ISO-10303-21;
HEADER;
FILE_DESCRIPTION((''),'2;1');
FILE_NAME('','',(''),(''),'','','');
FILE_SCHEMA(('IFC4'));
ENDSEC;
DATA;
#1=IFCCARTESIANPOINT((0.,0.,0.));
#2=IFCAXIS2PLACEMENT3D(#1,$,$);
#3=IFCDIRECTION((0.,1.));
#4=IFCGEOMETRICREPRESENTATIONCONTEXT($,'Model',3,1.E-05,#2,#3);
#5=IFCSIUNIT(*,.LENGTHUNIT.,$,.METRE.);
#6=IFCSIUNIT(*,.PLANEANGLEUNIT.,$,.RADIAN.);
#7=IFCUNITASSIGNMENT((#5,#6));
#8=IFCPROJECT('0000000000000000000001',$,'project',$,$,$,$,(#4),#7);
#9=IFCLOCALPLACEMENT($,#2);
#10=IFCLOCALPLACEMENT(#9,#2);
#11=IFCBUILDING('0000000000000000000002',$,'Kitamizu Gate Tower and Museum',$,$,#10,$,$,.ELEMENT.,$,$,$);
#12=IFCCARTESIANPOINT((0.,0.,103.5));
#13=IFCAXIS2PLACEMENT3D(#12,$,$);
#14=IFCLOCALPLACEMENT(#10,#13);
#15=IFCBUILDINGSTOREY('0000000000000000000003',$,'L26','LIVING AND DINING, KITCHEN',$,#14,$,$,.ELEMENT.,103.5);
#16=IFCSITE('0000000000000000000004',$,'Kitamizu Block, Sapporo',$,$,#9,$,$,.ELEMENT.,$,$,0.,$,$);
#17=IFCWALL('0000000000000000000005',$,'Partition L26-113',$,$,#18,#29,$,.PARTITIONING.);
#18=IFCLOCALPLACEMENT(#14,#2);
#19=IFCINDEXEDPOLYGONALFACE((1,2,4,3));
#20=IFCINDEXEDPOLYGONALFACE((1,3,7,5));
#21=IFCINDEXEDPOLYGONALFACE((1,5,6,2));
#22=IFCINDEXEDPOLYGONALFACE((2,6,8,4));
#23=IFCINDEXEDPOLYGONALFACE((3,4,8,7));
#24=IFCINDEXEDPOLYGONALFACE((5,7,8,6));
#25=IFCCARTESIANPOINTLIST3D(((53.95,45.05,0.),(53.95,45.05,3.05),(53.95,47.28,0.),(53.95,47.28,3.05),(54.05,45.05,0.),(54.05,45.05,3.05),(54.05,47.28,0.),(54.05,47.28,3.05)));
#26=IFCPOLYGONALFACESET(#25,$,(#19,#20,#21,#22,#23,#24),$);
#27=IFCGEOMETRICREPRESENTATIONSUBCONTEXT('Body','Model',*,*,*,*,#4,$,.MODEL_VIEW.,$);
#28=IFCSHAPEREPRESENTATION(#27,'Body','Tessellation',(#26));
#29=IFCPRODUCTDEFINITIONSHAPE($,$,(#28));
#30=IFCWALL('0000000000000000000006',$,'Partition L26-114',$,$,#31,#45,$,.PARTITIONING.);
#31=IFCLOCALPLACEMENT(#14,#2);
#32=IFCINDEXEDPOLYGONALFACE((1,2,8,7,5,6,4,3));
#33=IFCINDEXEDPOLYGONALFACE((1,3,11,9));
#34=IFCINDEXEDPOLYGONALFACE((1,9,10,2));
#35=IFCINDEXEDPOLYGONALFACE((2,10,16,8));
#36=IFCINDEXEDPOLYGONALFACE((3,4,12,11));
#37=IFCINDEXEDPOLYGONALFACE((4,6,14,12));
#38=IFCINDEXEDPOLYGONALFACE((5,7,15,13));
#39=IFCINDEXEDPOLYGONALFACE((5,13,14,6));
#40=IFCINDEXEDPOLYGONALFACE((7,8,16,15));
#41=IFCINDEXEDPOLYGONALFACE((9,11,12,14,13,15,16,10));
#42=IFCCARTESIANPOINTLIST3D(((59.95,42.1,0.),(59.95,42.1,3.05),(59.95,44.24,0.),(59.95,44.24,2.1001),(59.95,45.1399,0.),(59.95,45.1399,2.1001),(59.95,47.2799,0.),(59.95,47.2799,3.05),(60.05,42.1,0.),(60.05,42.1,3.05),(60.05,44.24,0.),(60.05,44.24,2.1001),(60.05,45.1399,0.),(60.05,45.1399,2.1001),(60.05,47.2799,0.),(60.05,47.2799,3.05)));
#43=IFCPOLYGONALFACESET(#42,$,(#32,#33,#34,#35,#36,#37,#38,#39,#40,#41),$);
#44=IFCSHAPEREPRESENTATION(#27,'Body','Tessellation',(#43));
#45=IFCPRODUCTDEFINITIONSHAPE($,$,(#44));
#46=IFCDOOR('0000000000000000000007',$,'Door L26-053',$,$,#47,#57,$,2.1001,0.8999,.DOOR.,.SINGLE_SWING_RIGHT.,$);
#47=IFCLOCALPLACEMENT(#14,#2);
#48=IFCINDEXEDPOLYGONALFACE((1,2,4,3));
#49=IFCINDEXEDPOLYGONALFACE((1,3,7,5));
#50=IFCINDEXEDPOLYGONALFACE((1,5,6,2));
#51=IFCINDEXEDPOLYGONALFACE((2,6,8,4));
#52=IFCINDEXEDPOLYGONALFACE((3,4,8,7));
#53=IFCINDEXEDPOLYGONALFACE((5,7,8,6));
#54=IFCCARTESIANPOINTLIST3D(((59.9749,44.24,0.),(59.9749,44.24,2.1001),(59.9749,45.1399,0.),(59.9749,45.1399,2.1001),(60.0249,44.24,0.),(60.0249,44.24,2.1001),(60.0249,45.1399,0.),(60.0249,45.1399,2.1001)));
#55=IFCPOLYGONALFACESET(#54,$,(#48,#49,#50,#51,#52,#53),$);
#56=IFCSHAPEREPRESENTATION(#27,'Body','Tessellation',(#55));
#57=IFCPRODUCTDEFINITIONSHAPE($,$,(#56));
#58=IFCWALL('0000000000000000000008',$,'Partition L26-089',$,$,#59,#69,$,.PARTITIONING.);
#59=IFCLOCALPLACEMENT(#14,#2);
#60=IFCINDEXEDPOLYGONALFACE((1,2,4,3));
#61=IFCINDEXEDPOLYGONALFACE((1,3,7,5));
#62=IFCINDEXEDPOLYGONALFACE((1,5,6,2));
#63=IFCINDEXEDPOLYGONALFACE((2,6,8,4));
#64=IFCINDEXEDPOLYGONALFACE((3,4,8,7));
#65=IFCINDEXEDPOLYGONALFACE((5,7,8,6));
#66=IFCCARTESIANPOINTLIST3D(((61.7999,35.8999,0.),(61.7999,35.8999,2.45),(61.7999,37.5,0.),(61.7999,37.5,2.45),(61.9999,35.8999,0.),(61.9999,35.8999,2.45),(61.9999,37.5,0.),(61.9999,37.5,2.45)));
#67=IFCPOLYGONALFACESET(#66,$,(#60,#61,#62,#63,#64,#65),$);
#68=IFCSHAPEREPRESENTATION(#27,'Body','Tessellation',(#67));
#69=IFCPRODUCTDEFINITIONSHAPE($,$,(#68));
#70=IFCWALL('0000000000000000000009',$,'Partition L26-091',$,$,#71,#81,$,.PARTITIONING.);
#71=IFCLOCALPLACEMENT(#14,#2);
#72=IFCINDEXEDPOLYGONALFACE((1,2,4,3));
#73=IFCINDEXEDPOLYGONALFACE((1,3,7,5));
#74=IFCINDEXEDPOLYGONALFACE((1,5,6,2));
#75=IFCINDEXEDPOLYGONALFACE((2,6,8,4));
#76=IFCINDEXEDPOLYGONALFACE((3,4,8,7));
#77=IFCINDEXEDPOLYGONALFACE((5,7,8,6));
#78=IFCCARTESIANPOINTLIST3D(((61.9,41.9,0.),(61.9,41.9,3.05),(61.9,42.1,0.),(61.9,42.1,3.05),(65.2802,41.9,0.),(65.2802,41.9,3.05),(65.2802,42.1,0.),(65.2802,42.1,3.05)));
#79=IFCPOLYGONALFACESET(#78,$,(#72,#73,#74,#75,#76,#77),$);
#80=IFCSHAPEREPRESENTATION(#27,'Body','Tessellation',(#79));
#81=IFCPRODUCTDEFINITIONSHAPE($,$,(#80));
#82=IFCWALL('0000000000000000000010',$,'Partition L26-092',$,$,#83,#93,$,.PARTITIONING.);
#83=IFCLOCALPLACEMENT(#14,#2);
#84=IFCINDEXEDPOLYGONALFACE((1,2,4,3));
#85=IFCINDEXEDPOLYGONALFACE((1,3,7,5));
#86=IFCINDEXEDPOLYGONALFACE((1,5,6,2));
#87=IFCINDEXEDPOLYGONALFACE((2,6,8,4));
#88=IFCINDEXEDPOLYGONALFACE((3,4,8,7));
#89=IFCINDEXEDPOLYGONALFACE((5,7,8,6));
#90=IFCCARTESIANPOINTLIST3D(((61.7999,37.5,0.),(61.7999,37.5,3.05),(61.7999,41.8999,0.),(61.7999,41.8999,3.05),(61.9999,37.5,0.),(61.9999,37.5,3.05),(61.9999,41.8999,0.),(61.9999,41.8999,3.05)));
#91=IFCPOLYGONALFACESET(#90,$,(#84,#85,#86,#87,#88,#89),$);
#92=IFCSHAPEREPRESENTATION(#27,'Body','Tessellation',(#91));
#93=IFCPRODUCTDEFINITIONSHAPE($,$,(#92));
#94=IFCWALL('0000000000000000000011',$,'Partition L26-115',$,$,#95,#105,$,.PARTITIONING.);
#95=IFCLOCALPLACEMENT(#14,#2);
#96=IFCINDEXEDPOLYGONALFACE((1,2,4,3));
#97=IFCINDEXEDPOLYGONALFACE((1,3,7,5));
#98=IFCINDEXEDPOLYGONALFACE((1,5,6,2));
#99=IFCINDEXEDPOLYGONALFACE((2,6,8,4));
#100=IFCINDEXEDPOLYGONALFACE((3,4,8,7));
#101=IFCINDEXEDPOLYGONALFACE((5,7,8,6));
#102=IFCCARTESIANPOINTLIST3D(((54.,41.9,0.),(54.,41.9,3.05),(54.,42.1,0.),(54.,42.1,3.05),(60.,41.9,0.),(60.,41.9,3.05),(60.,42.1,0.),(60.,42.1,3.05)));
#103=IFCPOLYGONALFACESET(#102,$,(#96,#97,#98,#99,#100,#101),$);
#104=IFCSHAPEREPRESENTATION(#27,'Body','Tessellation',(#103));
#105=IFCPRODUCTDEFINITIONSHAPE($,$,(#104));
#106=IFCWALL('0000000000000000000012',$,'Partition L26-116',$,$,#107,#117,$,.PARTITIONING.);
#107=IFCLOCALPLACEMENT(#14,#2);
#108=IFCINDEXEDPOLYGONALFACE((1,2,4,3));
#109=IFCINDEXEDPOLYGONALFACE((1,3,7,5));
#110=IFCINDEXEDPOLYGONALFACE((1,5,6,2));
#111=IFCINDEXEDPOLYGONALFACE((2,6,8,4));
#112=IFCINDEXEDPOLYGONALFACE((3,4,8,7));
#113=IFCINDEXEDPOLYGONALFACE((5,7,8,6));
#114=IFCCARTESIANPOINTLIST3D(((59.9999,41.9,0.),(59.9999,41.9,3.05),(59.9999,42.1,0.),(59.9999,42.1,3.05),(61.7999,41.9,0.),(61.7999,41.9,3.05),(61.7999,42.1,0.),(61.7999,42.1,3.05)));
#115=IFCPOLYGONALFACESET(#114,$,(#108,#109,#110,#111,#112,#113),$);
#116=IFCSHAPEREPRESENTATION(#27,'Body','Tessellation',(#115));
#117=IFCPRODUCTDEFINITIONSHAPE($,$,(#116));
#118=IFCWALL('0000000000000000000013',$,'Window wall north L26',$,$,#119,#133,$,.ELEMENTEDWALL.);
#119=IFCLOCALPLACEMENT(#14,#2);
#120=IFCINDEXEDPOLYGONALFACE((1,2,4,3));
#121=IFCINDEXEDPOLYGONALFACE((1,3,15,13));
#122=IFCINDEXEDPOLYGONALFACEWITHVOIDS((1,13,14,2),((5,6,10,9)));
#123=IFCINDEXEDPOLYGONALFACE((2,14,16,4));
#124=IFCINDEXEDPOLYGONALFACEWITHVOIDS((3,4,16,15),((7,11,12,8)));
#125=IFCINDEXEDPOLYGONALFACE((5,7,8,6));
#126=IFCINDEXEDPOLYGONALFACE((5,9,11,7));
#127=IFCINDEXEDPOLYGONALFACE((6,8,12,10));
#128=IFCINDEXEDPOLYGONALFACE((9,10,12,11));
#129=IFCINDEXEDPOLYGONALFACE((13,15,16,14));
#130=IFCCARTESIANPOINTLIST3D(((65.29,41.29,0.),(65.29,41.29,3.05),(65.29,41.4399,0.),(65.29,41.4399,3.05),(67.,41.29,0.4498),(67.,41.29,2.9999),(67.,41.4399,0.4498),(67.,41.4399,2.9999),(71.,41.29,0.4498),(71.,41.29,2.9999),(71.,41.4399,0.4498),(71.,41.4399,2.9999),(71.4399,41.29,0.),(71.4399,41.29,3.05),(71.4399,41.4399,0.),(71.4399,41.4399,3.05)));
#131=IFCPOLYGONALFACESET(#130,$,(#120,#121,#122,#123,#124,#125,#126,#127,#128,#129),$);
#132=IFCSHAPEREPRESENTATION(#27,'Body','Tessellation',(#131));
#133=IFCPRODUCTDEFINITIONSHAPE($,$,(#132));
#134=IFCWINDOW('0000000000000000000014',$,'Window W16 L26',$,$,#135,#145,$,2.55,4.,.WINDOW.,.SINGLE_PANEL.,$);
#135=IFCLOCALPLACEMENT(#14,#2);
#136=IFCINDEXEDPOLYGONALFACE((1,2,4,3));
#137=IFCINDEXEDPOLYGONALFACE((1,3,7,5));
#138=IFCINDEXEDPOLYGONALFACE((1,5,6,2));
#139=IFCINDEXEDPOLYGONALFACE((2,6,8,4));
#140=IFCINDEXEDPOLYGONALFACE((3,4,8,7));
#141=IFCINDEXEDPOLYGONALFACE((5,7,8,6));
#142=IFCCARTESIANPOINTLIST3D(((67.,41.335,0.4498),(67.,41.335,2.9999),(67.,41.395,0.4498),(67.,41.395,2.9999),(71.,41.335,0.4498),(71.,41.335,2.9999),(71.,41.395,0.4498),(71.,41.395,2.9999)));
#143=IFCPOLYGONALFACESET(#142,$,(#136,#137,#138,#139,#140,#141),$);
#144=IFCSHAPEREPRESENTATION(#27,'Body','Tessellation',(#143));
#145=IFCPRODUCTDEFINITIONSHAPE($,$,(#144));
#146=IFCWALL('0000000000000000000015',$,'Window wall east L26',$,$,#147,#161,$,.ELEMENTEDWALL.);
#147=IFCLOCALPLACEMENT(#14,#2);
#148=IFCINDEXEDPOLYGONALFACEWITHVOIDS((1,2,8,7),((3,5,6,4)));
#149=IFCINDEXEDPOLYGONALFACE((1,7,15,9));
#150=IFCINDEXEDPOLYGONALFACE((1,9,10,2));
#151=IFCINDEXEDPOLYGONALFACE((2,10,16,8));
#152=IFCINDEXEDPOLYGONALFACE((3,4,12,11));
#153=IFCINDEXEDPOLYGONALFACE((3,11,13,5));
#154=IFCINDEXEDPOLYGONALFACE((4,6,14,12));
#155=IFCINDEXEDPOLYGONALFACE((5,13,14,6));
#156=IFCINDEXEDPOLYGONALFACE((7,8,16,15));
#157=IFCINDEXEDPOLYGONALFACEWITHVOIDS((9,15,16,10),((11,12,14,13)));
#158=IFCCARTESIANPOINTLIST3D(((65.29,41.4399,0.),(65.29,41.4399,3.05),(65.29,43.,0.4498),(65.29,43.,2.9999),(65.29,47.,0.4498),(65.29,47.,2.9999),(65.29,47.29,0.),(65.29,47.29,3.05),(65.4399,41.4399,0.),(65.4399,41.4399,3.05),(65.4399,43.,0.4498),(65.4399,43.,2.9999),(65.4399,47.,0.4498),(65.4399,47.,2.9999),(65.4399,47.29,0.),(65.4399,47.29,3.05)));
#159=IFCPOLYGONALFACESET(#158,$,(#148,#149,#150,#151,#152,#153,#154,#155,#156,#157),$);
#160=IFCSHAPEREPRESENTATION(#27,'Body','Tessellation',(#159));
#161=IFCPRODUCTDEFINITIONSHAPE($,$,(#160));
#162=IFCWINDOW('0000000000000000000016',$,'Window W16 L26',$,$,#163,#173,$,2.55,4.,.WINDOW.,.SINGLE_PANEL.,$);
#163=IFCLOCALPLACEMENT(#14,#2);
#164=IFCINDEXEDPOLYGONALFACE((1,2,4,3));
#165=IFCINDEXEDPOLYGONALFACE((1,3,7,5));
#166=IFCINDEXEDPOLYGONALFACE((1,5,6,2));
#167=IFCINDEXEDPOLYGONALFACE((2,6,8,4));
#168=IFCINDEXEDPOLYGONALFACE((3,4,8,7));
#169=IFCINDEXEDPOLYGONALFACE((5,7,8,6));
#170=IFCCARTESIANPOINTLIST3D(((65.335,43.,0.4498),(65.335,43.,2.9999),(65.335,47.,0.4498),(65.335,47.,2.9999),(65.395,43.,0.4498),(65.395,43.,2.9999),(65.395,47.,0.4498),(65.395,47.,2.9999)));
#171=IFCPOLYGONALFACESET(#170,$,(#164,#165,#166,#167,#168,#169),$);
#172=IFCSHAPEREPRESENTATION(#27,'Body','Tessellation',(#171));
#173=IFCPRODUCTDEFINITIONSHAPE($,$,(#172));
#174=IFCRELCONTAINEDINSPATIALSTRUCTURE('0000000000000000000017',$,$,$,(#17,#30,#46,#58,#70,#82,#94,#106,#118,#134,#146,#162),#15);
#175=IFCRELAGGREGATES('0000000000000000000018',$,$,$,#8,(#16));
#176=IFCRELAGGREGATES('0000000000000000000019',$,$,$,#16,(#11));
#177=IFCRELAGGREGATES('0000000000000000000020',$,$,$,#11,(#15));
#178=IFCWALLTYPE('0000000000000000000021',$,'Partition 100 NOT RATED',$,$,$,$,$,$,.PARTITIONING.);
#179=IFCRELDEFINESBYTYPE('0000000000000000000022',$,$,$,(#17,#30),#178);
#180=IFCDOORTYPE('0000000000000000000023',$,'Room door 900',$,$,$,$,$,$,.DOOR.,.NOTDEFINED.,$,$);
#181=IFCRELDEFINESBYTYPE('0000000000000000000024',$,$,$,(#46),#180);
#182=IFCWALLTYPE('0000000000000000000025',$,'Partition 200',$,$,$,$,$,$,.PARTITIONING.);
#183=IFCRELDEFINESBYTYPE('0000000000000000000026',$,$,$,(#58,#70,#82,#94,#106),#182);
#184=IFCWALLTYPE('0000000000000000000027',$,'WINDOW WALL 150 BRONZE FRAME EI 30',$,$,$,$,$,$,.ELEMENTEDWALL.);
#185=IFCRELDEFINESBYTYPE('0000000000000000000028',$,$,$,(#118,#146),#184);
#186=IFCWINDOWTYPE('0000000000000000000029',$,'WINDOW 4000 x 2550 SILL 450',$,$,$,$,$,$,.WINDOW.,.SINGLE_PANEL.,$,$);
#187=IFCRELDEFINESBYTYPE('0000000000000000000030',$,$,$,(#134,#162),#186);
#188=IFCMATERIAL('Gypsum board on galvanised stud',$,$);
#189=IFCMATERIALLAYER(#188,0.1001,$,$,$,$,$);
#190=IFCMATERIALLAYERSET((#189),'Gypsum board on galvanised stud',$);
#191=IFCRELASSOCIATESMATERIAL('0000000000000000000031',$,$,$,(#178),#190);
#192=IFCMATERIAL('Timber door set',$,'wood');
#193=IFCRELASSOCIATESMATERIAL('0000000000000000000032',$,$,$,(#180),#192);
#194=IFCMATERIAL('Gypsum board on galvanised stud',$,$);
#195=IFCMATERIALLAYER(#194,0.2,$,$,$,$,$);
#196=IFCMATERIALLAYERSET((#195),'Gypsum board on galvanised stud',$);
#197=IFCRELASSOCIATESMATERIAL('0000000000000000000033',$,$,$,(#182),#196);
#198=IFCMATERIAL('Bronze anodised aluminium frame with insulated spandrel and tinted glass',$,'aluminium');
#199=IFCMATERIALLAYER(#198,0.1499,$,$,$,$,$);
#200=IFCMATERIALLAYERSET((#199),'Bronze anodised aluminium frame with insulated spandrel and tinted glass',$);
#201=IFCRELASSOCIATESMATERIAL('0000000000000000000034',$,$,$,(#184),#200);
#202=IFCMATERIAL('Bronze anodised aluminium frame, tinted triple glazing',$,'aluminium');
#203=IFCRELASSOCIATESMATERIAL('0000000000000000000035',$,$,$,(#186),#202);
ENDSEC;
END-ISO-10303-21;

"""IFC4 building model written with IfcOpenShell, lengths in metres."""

from ifc_helpers import new_model, si_unit, direction, frame, frame_2d, origin, place, context, subcontext, project, spatial, rectangle, extrude, material, layer, layer_set, type_object, element, fill, save


model = new_model("IFC4")

# Units and contexts
model_context = context("Model", 3, precision=1e-05, world=origin(), true_north=direction((0.0, 1.0)))
body_context = subcontext(model_context, "Body", "Model", "MODEL_VIEW")
ifc_project = project(units=[si_unit("LENGTHUNIT", "METRE"), si_unit("PLANEANGLEUNIT", "RADIAN")], contexts=[model_context])

# Site, building, storey
site_placement = place(None, origin())
site = spatial("IfcSite", under=ifc_project, at=site_placement, Name="Kitamizu Block, Sapporo", CompositionType="ELEMENT", RefElevation=0.0)
building_placement = place(site_placement, origin())
building = spatial("IfcBuilding", under=site, at=building_placement, Name="Kitamizu Gate Tower and Museum", CompositionType="ELEMENT")
storey_placement = place(building_placement, frame((0.0, 0.0, 103.5)))
storey = spatial("IfcBuildingStorey", under=building, at=storey_placement, Name="L26", Description="LIVING AND DINING, KITCHEN", CompositionType="ELEMENT", Elevation=103.5)

# Shared definitions
ifc_material_1 = material(Name="Gypsum board on galvanised stud")
ifc_layer_1 = layer(ifc_material_1, 0.1001)
ifc_layer_set_1 = layer_set([ifc_layer_1], Name="Gypsum board on galvanised stud")
wall_type_1 = type_object("IfcWallType", Name="Partition 100 NOT RATED", PredefinedType="PARTITIONING", material=ifc_layer_set_1)

# Shared definitions
ifc_material_2 = material(Name="Timber door set", Category="wood")
door_type_1 = type_object("IfcDoorType", Name="Room door 900", OperationType="NOTDEFINED", PredefinedType="DOOR", material=ifc_material_2)

# Wall
wall_1_placement = place(storey_placement, frame((54.0, 45.05, 0.0), z_axis=(0.0, 0.0, 1.0), x_axis=(0.0, 1.0, 0.0)))
element("IfcWall", 1, at=wall_1_placement, inside=storey, type_object=wall_type_1, Name="Partition L26-113", PredefinedType="PARTITIONING", context=body_context, shape_type="SweptSolid", body=[
    extrude(rectangle(XDim=2.23, YDim=0.1001, at=frame_2d((1.115, 0.0))), origin(), (0.0, 0.0, 1.0), 3.05),
])

# Wall, opening, door
wall_2_placement = place(storey_placement, frame((60.0, 42.1001, 0.0), z_axis=(0.0, 0.0, 1.0), x_axis=(0.0, 1.0, 0.0)))
wall_2 = element("IfcWall", 2, at=wall_2_placement, inside=storey, type_object=wall_type_1, Name="Partition L26-114", PredefinedType="PARTITIONING", context=body_context, shape_type="SweptSolid", body=[
    extrude(rectangle(XDim=5.1799, YDim=0.1001, at=frame_2d((2.5898, 0.0))), origin(), (0.0, 0.0, 1.0), 3.05),
])
opening_1_placement = place(wall_2_placement, frame((2.1399, 0.0, 0.0)))
opening_1 = element("IfcOpeningElement", 3, at=opening_1_placement, cuts=wall_2, PredefinedType="OPENING", context=body_context, shape_type="SweptSolid", body=[
    extrude(rectangle(XDim=0.8999, YDim=2.1001, at=frame_2d((0.45, 1.05))), frame((0.0, 0.0601, 0.0), z_axis=(0.0, -1.0, 0.0), x_axis=(1.0, 0.0, 0.0)), (0.0, 0.0, 1.0), 0.1201),
])
door_1_placement = place(opening_1_placement, frame((0.8999, 0.0, 0.0), x_axis=(-1.0, 0.0, 0.0)))
door_1 = element("IfcDoor", 4, at=door_1_placement, inside=storey, type_object=door_type_1, Name="Door L26-053", OperationType="SINGLE_SWING_RIGHT", OverallHeight=2.1001, OverallWidth=0.8999, PredefinedType="DOOR", context=body_context, shape_type="SweptSolid", body=[
    extrude(rectangle(XDim=0.8999, YDim=2.1001, at=frame_2d((0.45, 1.05))), frame((0.0, 0.0249, 0.0), z_axis=(0.0, -1.0, 0.0), x_axis=(1.0, 0.0, 0.0)), (0.0, 0.0, 1.0), 0.05),
])
fill(opening_1, door_1)

# Walls
ifc_material_3 = material(Name="Gypsum board on galvanised stud")
ifc_layer_2 = layer(ifc_material_3, 0.2)
ifc_layer_set_2 = layer_set([ifc_layer_2], Name="Gypsum board on galvanised stud")
wall_type_2 = type_object("IfcWallType", Name="Partition 200", PredefinedType="PARTITIONING", material=ifc_layer_set_2)
wall_3_placement = place(storey_placement, frame((61.8999, 37.5, 0.0), z_axis=(0.0, 0.0, 1.0), x_axis=(0.0, -1.0, 0.0)))
element("IfcWall", 5, at=wall_3_placement, inside=storey, type_object=wall_type_2, Name="Partition L26-089", PredefinedType="PARTITIONING", context=body_context, shape_type="SweptSolid", body=[
    extrude(rectangle(XDim=1.6001, YDim=0.2, at=frame_2d((0.8, 0.0))), origin(), (0.0, 0.0, 1.0), 2.45),
])
wall_4_placement = place(storey_placement, frame((65.28, 42.0, 0.0), z_axis=(0.0, 0.0, 1.0), x_axis=(-1.0, 0.0, 0.0)))
element("IfcWall", 6, at=wall_4_placement, inside=storey, type_object=wall_type_2, Name="Partition L26-091", PredefinedType="PARTITIONING", context=body_context, shape_type="SweptSolid", body=[
    extrude(rectangle(XDim=3.3801, YDim=0.2, at=frame_2d((1.6899, 0.0))), origin(), (0.0, 0.0, 1.0), 3.05),
])
wall_5_placement = place(storey_placement, frame((61.8999, 41.8999, 0.0), z_axis=(0.0, 0.0, 1.0), x_axis=(0.0, -1.0, 0.0)))
element("IfcWall", 7, at=wall_5_placement, inside=storey, type_object=wall_type_2, Name="Partition L26-092", PredefinedType="PARTITIONING", context=body_context, shape_type="SweptSolid", body=[
    extrude(rectangle(XDim=4.3999, YDim=0.2, at=frame_2d((2.2, 0.0))), origin(), (0.0, 0.0, 1.0), 3.05),
])
wall_6_placement = place(storey_placement, frame((54.0, 42.0, 0.0), z_axis=(0.0, 0.0, 1.0), x_axis=(1.0, 0.0, 0.0)))
element("IfcWall", 8, at=wall_6_placement, inside=storey, type_object=wall_type_2, Name="Partition L26-115", PredefinedType="PARTITIONING", context=body_context, shape_type="SweptSolid", body=[
    extrude(rectangle(XDim=6.0, YDim=0.2, at=frame_2d((3.0, 0.0))), origin(), (0.0, 0.0, 1.0), 3.05),
])
wall_7_placement = place(storey_placement, frame((60.0, 42.0, 0.0), z_axis=(0.0, 0.0, 1.0), x_axis=(1.0, 0.0, 0.0)))
element("IfcWall", 9, at=wall_7_placement, inside=storey, type_object=wall_type_2, Name="Partition L26-116", PredefinedType="PARTITIONING", context=body_context, shape_type="SweptSolid", body=[
    extrude(rectangle(XDim=1.8, YDim=0.2, at=frame_2d((0.8999, 0.0))), origin(), (0.0, 0.0, 1.0), 3.05),
])

# Walls, openings, windows
ifc_material_4 = material(Name="Bronze anodised aluminium frame with insulated spandrel and tinted glass", Category="aluminium")
ifc_layer_3 = layer(ifc_material_4, 0.1499)
ifc_layer_set_3 = layer_set([ifc_layer_3], Name="Bronze anodised aluminium frame with insulated spandrel and tinted glass")
wall_type_3 = type_object("IfcWallType", Name="WINDOW WALL 150 BRONZE FRAME EI 30", PredefinedType="ELEMENTEDWALL", material=ifc_layer_set_3)
wall_8_placement = place(storey_placement, frame((65.29, 41.365, 0.0), z_axis=(0.0, 0.0, 1.0), x_axis=(1.0, 0.0, 0.0)))
wall_8 = element("IfcWall", 10, at=wall_8_placement, inside=storey, type_object=wall_type_3, Name="Window wall north L26", PredefinedType="ELEMENTEDWALL", context=body_context, shape_type="SweptSolid", body=[
    extrude(rectangle(XDim=6.1499, YDim=0.1499, at=frame_2d((3.075, 0.0))), origin(), (0.0, 0.0, 1.0), 3.05),
])
opening_2_placement = place(wall_8_placement, frame((1.71, 0.0, 0.45)))
opening_2 = element("IfcOpeningElement", 11, at=opening_2_placement, cuts=wall_8, PredefinedType="OPENING", context=body_context, shape_type="SweptSolid", body=[
    extrude(rectangle(XDim=4.0, YDim=2.55, at=frame_2d((2.0, 1.2749))), frame((0.0, 0.085, 0.0), z_axis=(0.0, -1.0, 0.0), x_axis=(1.0, 0.0, 0.0)), (0.0, 0.0, 1.0), 0.1699),
])
ifc_material_5 = material(Name="Bronze anodised aluminium frame, tinted triple glazing", Category="aluminium")
window_type = type_object("IfcWindowType", Name="WINDOW 4000 x 2550 SILL 450", PartitioningType="SINGLE_PANEL", PredefinedType="WINDOW", material=ifc_material_5)
window_1_placement = place(opening_2_placement, origin())
window_1 = element("IfcWindow", 12, at=window_1_placement, inside=storey, type_object=window_type, Name="Window W16 L26", OverallHeight=2.55, OverallWidth=4.0, PartitioningType="SINGLE_PANEL", PredefinedType="WINDOW", context=body_context, shape_type="SweptSolid", body=[
    extrude(rectangle(XDim=4.0, YDim=2.55, at=frame_2d((2.0, 1.2749))), frame((0.0, 0.03, 0.0), z_axis=(0.0, -1.0, 0.0), x_axis=(1.0, 0.0, 0.0)), (0.0, 0.0, 1.0), 0.0601),
])
fill(opening_2, window_1)
wall_9_placement = place(storey_placement, frame((65.365, 41.4399, 0.0), z_axis=(0.0, 0.0, 1.0), x_axis=(0.0, 1.0, 0.0)))
wall_9 = element("IfcWall", 13, at=wall_9_placement, inside=storey, type_object=wall_type_3, Name="Window wall east L26", PredefinedType="ELEMENTEDWALL", context=body_context, shape_type="SweptSolid", body=[
    extrude(rectangle(XDim=5.8501, YDim=0.1499, at=frame_2d((2.925, 0.0))), origin(), (0.0, 0.0, 1.0), 3.05),
])
opening_3_placement = place(wall_9_placement, frame((1.5601, 0.0, 0.45)))
opening_3 = element("IfcOpeningElement", 14, at=opening_3_placement, cuts=wall_9, PredefinedType="OPENING", context=body_context, shape_type="SweptSolid", body=[
    extrude(rectangle(XDim=4.0, YDim=2.55, at=frame_2d((2.0, 1.2749))), frame((0.0, 0.085, 0.0), z_axis=(0.0, -1.0, 0.0), x_axis=(1.0, 0.0, 0.0)), (0.0, 0.0, 1.0), 0.1699),
])
window_2_placement = place(opening_3_placement, origin())
window_2 = element("IfcWindow", 15, at=window_2_placement, inside=storey, type_object=window_type, Name="Window W16 L26", OverallHeight=2.55, OverallWidth=4.0, PartitioningType="SINGLE_PANEL", PredefinedType="WINDOW", context=body_context, shape_type="SweptSolid", body=[
    extrude(rectangle(XDim=4.0, YDim=2.55, at=frame_2d((2.0, 1.2749))), frame((0.0, 0.03, 0.0), z_axis=(0.0, -1.0, 0.0), x_axis=(1.0, 0.0, 0.0)), (0.0, 0.0, 1.0), 0.0601),
])
fill(opening_3, window_2)

save(model, "model.ifc")
